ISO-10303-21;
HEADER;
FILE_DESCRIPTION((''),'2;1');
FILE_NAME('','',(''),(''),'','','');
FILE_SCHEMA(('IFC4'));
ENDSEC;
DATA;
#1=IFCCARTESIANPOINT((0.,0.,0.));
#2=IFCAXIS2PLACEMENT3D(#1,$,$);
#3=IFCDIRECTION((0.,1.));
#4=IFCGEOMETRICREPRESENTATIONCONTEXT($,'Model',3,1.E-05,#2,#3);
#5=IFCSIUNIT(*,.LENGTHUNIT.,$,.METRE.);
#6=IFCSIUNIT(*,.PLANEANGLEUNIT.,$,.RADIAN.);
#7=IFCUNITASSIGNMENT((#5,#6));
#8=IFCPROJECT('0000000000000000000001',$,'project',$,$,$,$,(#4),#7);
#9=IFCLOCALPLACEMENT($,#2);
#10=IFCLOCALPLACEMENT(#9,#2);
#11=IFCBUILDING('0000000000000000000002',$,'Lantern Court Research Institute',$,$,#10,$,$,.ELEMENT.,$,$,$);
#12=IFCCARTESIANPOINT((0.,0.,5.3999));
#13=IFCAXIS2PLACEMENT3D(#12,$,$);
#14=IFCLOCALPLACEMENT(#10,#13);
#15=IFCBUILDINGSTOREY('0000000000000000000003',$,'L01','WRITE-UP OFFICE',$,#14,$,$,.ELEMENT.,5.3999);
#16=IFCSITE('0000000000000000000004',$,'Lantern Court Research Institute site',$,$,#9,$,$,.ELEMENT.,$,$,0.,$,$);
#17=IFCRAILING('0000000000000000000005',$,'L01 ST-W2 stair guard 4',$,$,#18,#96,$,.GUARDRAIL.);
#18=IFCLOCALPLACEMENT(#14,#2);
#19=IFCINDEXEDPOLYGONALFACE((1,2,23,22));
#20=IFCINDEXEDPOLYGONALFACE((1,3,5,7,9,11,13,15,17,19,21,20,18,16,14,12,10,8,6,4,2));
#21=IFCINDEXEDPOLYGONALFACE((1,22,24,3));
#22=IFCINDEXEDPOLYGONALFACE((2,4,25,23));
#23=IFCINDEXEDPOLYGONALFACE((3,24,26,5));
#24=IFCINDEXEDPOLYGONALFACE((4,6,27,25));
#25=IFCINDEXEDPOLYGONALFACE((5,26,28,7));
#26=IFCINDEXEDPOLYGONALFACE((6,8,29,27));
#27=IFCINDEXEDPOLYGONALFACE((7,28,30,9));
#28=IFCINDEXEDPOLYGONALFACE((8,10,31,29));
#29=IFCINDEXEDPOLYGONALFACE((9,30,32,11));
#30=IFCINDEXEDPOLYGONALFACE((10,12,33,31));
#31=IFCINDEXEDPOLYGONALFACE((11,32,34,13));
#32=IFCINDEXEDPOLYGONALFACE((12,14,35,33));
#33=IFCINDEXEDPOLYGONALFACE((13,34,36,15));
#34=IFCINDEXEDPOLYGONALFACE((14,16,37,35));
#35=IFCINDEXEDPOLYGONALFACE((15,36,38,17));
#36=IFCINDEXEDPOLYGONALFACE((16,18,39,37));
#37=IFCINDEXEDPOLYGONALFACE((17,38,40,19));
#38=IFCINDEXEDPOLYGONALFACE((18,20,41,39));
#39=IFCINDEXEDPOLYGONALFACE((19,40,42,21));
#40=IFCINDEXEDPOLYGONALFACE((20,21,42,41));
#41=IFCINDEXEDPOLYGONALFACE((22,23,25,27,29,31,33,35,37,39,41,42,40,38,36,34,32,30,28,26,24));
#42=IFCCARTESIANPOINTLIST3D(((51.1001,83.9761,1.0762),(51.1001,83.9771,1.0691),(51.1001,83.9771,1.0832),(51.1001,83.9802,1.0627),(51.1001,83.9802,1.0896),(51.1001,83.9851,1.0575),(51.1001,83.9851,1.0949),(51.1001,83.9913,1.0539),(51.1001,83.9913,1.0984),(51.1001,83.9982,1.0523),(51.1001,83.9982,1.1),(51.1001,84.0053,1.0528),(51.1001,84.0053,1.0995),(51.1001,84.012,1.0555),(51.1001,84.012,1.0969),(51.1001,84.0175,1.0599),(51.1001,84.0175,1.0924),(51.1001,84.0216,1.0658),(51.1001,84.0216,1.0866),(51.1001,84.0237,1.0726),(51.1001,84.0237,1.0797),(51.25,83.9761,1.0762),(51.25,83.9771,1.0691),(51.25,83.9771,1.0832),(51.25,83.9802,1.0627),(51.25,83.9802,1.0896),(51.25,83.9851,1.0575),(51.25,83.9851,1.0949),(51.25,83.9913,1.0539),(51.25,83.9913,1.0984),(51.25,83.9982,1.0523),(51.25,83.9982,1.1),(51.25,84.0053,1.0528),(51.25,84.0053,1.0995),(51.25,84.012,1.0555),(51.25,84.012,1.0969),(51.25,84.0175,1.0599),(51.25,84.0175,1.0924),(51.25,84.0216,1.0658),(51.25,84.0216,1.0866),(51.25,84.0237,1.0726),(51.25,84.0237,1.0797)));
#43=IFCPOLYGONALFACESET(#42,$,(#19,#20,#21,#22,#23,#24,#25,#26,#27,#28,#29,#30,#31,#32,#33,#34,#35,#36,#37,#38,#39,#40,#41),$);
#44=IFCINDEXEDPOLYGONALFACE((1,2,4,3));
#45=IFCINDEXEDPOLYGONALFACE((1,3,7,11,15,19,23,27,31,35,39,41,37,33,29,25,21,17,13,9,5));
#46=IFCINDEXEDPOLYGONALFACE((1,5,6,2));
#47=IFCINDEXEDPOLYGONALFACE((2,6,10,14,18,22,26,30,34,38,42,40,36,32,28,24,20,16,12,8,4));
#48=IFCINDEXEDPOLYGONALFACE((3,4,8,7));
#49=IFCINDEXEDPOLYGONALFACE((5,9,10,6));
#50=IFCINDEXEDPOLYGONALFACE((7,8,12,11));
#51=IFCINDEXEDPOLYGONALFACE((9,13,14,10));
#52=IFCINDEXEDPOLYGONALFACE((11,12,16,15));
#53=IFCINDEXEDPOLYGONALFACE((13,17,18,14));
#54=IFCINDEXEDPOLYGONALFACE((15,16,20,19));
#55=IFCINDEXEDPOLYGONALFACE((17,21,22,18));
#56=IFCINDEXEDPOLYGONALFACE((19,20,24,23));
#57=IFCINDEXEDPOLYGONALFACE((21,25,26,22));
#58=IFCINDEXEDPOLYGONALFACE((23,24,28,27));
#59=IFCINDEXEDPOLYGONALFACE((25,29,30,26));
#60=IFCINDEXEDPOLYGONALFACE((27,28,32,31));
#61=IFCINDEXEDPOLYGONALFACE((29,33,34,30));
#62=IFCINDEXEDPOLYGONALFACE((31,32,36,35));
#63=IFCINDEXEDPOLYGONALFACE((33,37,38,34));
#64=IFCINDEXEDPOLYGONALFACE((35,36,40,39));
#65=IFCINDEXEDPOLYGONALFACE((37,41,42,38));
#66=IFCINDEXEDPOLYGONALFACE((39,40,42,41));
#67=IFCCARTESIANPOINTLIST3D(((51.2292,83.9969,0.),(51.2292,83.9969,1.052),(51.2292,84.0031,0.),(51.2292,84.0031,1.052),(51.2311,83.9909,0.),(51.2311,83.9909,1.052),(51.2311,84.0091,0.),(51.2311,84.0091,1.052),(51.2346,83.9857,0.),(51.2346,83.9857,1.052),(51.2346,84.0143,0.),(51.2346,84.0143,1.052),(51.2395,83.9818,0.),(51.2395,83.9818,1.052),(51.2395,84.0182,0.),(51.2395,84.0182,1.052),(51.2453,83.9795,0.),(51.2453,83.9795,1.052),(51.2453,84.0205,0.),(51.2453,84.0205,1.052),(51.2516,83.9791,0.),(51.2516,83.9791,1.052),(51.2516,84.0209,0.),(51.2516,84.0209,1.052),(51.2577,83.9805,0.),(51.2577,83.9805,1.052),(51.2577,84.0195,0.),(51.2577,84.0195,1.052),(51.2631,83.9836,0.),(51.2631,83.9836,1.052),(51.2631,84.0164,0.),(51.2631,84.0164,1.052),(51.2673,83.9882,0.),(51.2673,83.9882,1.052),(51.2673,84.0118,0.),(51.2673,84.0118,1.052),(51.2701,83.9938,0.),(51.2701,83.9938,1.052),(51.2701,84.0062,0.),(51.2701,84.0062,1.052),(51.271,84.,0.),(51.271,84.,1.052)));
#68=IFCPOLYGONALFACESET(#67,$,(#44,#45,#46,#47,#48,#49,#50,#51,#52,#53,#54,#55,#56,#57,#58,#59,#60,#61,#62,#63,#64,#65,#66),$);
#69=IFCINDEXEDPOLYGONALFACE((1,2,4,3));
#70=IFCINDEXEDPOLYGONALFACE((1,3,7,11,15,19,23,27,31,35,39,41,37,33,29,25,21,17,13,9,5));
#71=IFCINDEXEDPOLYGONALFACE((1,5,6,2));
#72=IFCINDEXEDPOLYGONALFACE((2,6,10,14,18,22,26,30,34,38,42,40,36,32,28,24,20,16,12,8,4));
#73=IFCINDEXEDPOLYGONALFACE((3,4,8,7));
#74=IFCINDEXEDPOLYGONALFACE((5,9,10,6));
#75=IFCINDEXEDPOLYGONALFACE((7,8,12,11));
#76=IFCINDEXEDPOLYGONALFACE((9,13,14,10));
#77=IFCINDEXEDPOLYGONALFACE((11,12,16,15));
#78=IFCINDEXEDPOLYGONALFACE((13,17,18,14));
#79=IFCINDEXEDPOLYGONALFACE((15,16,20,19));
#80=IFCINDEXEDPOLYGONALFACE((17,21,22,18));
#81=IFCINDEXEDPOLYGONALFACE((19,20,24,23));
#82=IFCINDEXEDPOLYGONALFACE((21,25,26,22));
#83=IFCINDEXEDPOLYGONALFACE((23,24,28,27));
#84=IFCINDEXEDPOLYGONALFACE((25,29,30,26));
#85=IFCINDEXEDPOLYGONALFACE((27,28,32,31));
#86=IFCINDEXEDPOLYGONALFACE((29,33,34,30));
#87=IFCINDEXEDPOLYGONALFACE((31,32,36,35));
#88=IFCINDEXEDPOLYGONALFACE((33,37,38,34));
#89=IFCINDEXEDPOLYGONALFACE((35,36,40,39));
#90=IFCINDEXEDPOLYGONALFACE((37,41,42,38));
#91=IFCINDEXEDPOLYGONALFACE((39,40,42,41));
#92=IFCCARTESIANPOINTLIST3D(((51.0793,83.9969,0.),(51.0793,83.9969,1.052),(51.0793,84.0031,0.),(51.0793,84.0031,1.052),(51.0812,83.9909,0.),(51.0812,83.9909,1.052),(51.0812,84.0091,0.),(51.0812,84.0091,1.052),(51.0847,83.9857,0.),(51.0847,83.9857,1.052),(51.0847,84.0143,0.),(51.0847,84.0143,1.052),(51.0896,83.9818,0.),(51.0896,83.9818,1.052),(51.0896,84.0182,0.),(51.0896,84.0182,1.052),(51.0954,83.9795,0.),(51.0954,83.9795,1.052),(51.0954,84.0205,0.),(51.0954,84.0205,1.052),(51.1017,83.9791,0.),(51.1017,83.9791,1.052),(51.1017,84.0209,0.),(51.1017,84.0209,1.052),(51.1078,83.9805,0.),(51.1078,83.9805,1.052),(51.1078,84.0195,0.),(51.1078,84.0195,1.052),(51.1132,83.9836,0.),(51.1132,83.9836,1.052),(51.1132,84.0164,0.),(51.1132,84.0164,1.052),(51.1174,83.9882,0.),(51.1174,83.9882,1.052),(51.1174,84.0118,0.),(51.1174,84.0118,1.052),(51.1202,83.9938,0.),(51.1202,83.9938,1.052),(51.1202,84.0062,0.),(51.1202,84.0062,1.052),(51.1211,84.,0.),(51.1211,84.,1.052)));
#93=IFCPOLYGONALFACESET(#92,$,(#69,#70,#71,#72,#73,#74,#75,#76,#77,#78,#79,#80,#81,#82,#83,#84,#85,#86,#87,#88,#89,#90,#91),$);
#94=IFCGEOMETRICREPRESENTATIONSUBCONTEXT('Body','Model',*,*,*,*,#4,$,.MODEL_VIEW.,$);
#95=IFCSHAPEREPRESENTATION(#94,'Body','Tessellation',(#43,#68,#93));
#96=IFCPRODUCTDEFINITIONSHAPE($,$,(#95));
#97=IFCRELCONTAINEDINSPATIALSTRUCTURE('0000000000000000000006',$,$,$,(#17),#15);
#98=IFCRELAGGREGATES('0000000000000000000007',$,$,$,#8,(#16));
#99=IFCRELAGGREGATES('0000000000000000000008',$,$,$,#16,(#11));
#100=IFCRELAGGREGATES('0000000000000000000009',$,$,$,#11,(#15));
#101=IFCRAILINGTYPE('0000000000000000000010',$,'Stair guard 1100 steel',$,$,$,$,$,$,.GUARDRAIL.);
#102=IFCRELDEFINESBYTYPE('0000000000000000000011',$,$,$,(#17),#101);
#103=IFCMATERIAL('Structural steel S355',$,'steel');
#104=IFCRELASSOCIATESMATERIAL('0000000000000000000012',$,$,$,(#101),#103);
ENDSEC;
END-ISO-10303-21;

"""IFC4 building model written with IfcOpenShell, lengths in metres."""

from ifc_helpers import new_model, si_unit, direction, frame, origin, origin_2d, place, context, subcontext, project, spatial, circle, extrude, material, type_object, element, save


model = new_model("IFC4")

# Units and contexts
model_context = context("Model", 3, precision=1e-05, world=origin(), true_north=direction((0.0, 1.0)))
body_context = subcontext(model_context, "Body", "Model", "MODEL_VIEW")
ifc_project = project(units=[si_unit("LENGTHUNIT", "METRE"), si_unit("PLANEANGLEUNIT", "RADIAN")], contexts=[model_context])

# Site, building, storey
site_placement = place(None, origin())
site = spatial("IfcSite", under=ifc_project, at=site_placement, Name="Lantern Court Research Institute site", CompositionType="ELEMENT", RefElevation=0.0)
building_placement = place(site_placement, origin())
building = spatial("IfcBuilding", under=site, at=building_placement, Name="Lantern Court Research Institute", CompositionType="ELEMENT")
storey_placement = place(building_placement, frame((0.0, 0.0, 5.3999)))
storey = spatial("IfcBuildingStorey", under=building, at=storey_placement, Name="L01", Description="WRITE-UP OFFICE", CompositionType="ELEMENT", Elevation=5.3999)

# Railing
ifc_material_1 = material(Name="Structural steel S355", Category="steel")
railing_type_1 = type_object("IfcRailingType", Name="Stair guard 1100 steel", PredefinedType="GUARDRAIL", material=ifc_material_1)
railing_1_placement = place(storey_placement, frame((51.25, 84.0, 0.0)))
element("IfcRailing", 1, at=railing_1_placement, inside=storey, type_object=railing_type_1, Name="L01 ST-W2 stair guard 4", PredefinedType="GUARDRAIL", context=body_context, shape_type="SweptSolid", body=[
    extrude(circle(Radius=0.0239, at=origin_2d()), frame((0.0, 0.0, 1.0762), z_axis=(-1.0, 0.0, 0.0), x_axis=(0.0, -1.0, 0.0)), (0.0, 0.0, 1.0), 0.1499),
    extrude(circle(Radius=0.021, at=origin_2d()), origin(), (0.0, 0.0, 1.0), 1.052),
    extrude(circle(Radius=0.021, at=origin_2d()), frame((-0.1499, 0.0, 0.0)), (0.0, 0.0, 1.0), 1.052),
])

save(model, "model.ifc")
